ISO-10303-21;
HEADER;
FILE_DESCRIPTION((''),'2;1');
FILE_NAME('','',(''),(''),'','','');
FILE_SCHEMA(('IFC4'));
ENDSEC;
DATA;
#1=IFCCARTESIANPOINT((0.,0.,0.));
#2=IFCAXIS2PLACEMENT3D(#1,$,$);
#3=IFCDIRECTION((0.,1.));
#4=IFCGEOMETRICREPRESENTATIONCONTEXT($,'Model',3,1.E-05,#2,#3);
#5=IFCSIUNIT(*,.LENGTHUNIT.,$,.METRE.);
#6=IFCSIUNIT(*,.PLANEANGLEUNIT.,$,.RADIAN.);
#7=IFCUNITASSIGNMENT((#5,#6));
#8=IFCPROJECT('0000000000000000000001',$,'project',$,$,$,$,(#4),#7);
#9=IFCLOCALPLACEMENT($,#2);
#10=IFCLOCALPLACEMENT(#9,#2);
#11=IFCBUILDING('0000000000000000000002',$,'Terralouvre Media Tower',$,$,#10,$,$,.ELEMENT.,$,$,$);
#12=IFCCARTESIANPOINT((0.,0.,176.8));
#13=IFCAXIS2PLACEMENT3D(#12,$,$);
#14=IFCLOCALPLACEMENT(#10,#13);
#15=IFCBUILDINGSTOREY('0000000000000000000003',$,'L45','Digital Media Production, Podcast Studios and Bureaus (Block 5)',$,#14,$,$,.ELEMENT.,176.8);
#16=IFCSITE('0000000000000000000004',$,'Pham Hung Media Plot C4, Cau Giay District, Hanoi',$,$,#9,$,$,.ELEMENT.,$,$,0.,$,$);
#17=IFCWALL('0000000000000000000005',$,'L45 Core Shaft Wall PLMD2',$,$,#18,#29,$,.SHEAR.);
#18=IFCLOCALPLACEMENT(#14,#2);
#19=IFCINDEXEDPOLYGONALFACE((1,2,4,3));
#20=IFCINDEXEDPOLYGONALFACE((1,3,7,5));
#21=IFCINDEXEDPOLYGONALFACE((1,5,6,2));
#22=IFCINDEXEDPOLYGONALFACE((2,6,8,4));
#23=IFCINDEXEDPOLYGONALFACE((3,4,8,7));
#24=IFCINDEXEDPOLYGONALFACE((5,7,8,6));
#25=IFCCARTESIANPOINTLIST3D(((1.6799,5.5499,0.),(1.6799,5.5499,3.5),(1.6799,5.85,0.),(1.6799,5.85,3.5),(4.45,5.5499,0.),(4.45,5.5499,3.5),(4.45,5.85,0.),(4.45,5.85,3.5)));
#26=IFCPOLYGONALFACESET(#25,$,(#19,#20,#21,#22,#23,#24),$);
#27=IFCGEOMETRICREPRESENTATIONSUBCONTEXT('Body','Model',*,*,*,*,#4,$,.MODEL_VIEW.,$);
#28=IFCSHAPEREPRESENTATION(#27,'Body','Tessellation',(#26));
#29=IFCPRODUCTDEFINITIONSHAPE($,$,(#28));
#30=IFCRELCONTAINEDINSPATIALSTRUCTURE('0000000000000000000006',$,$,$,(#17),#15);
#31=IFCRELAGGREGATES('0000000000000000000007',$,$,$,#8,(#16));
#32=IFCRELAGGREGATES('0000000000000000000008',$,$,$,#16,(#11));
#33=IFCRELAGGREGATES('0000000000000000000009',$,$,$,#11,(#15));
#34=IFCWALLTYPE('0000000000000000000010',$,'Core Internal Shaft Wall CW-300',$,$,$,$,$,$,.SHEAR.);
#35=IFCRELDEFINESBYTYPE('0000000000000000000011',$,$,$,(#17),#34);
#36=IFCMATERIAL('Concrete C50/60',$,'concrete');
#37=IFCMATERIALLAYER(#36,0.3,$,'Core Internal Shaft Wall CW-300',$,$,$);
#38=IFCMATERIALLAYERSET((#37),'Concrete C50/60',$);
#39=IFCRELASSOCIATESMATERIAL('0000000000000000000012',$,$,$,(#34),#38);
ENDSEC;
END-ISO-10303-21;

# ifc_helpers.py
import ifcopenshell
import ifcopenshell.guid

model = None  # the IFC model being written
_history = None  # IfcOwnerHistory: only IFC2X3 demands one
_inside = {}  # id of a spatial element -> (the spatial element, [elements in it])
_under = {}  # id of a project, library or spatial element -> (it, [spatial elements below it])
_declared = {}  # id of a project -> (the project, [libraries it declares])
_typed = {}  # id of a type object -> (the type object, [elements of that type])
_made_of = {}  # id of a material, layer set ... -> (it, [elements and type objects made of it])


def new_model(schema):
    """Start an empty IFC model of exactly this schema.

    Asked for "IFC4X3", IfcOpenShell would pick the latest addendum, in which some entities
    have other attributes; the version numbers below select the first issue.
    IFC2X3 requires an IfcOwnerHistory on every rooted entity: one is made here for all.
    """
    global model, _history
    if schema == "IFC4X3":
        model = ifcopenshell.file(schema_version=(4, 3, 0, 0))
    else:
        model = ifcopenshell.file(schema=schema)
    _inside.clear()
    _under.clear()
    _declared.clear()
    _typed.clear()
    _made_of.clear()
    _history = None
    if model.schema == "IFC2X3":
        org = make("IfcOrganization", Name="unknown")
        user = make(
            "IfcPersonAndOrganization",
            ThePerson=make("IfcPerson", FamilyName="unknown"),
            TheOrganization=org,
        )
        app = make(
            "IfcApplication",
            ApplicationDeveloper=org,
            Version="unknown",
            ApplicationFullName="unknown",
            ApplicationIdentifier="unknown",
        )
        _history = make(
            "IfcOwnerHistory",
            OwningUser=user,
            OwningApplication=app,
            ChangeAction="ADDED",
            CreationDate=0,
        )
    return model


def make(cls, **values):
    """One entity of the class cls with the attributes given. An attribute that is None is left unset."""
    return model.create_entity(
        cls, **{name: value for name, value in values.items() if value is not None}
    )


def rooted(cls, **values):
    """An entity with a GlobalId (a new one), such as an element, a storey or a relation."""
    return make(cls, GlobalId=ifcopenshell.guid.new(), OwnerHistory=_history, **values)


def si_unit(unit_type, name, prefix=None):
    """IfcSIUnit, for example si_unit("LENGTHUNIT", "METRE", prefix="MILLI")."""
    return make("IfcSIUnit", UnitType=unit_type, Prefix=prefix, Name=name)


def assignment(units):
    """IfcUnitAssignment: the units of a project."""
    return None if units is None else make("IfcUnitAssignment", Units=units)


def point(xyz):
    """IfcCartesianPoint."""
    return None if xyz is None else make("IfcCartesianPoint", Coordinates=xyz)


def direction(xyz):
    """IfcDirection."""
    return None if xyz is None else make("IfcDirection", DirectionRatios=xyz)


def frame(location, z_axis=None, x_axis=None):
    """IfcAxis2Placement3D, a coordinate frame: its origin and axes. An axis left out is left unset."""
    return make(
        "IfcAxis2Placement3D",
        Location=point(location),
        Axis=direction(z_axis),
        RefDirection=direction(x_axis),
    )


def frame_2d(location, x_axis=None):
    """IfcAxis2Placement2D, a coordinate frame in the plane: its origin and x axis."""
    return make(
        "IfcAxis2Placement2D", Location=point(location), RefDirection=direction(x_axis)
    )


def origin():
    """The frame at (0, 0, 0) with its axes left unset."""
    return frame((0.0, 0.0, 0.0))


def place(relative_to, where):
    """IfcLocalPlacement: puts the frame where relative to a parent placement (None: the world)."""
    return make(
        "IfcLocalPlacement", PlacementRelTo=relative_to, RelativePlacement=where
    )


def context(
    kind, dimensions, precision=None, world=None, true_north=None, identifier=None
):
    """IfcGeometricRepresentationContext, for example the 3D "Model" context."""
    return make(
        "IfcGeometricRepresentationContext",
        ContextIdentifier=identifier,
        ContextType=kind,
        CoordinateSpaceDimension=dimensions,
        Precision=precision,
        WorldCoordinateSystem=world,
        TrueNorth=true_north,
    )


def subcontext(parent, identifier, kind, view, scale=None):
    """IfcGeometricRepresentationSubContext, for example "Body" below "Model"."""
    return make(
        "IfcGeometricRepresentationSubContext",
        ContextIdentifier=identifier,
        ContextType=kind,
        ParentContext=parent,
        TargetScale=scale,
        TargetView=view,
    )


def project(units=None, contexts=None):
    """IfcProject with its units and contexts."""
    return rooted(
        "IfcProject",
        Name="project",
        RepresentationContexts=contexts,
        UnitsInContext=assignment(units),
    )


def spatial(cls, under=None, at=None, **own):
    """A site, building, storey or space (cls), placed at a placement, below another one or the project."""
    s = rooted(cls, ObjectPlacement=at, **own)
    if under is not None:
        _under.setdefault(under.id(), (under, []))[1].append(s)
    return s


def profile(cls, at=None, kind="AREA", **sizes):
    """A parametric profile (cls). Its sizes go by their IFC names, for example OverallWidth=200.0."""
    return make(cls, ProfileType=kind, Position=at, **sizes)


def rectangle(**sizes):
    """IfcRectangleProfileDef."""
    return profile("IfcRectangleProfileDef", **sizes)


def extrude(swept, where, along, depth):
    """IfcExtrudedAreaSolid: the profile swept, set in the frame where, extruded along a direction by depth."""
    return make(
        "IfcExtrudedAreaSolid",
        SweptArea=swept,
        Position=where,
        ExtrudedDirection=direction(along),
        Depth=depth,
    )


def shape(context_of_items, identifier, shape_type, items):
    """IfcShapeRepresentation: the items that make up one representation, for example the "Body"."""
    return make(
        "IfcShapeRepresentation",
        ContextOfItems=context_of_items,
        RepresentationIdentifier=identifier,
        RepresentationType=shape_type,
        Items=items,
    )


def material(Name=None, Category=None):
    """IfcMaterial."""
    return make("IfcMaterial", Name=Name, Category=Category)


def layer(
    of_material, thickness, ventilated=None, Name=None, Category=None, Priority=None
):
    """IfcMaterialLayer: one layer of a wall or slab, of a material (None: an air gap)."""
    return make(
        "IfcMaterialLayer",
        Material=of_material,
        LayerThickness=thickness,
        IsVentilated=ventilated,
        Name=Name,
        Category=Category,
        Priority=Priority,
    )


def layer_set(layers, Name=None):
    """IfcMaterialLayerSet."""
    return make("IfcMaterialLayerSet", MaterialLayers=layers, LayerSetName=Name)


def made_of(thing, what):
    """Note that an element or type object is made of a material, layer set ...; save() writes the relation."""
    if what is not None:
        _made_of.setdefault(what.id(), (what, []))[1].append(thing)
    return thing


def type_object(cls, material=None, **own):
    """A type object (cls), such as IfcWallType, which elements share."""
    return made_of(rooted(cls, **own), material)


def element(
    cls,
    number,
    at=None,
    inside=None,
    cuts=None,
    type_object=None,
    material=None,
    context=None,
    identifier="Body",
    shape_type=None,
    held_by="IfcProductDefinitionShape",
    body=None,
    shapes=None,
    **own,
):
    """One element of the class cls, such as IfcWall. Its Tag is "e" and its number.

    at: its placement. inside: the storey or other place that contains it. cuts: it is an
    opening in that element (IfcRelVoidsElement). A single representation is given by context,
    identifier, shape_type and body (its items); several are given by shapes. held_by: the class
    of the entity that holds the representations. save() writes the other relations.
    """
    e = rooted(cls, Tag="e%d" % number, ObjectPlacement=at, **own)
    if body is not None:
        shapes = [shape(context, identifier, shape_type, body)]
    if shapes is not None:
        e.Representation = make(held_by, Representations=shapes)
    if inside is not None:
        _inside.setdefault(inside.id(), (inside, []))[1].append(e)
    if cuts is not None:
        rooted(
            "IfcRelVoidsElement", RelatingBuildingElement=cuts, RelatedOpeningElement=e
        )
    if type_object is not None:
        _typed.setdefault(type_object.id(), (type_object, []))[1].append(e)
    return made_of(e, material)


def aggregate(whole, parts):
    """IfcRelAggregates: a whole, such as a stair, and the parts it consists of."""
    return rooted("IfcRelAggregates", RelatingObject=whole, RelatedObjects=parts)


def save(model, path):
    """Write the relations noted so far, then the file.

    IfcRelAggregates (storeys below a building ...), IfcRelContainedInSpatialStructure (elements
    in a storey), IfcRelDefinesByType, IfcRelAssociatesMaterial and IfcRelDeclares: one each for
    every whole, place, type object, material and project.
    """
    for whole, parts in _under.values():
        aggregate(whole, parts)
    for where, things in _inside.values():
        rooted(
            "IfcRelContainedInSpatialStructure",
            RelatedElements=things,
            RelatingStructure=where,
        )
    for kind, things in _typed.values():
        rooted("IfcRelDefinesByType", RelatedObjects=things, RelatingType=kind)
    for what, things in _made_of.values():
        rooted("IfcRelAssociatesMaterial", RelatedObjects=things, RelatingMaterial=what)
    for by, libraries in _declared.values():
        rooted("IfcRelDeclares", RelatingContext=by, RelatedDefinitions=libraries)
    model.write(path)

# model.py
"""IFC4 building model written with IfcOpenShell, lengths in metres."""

from ifc_helpers import new_model, si_unit, direction, frame, frame_2d, origin, place, context, subcontext, project, spatial, rectangle, extrude, material, layer, layer_set, type_object, element, save


model = new_model("IFC4")

# Units and contexts
model_context = context("Model", 3, precision=1e-05, world=origin(), true_north=direction((0.0, 1.0)))
body_context = subcontext(model_context, "Body", "Model", "MODEL_VIEW")
ifc_project = project(units=[si_unit("LENGTHUNIT", "METRE"), si_unit("PLANEANGLEUNIT", "RADIAN")], contexts=[model_context])

# Site, building, storey
site_placement = place(None, origin())
site = spatial("IfcSite", under=ifc_project, at=site_placement, Name="Pham Hung Media Plot C4, Cau Giay District, Hanoi", CompositionType="ELEMENT", RefElevation=0.0)
building_placement = place(site_placement, origin())
building = spatial("IfcBuilding", under=site, at=building_placement, Name="Terralouvre Media Tower", CompositionType="ELEMENT")
storey_placement = place(building_placement, frame((0.0, 0.0, 176.8)))
storey = spatial("IfcBuildingStorey", under=building, at=storey_placement, Name="L45", Description="Digital Media Production, Podcast Studios and Bureaus (Block 5)", CompositionType="ELEMENT", Elevation=176.8)

# Shared definitions
ifc_material_1 = material(Name="Concrete C50/60", Category="concrete")
ifc_layer_1 = layer(ifc_material_1, 0.3, Name="Core Internal Shaft Wall CW-300")
ifc_layer_set_1 = layer_set([ifc_layer_1], Name="Concrete C50/60")
wall_type = type_object("IfcWallType", Name="Core Internal Shaft Wall CW-300", PredefinedType="SHEAR", material=ifc_layer_set_1)

# Wall
for number, where, z_axis, x_axis, name in (
    (1, (1.6799, 5.7, 0.0), (0.0, 0.0, 1.0), (1.0, 0.0, 0.0), "L45 Core Shaft Wall PLMD2"),
):
    element("IfcWall", number, at=place(storey_placement, frame(where, z_axis=z_axis, x_axis=x_axis)), inside=storey, type_object=wall_type, Name=name, PredefinedType="SHEAR", context=body_context, shape_type="SweptSolid", body=[
        extrude(rectangle(XDim=2.77, YDim=0.3, at=frame_2d((1.385, 0.0))), origin(), (0.0, 0.0, 1.0), 3.5),
    ])

save(model, "model.ifc")
